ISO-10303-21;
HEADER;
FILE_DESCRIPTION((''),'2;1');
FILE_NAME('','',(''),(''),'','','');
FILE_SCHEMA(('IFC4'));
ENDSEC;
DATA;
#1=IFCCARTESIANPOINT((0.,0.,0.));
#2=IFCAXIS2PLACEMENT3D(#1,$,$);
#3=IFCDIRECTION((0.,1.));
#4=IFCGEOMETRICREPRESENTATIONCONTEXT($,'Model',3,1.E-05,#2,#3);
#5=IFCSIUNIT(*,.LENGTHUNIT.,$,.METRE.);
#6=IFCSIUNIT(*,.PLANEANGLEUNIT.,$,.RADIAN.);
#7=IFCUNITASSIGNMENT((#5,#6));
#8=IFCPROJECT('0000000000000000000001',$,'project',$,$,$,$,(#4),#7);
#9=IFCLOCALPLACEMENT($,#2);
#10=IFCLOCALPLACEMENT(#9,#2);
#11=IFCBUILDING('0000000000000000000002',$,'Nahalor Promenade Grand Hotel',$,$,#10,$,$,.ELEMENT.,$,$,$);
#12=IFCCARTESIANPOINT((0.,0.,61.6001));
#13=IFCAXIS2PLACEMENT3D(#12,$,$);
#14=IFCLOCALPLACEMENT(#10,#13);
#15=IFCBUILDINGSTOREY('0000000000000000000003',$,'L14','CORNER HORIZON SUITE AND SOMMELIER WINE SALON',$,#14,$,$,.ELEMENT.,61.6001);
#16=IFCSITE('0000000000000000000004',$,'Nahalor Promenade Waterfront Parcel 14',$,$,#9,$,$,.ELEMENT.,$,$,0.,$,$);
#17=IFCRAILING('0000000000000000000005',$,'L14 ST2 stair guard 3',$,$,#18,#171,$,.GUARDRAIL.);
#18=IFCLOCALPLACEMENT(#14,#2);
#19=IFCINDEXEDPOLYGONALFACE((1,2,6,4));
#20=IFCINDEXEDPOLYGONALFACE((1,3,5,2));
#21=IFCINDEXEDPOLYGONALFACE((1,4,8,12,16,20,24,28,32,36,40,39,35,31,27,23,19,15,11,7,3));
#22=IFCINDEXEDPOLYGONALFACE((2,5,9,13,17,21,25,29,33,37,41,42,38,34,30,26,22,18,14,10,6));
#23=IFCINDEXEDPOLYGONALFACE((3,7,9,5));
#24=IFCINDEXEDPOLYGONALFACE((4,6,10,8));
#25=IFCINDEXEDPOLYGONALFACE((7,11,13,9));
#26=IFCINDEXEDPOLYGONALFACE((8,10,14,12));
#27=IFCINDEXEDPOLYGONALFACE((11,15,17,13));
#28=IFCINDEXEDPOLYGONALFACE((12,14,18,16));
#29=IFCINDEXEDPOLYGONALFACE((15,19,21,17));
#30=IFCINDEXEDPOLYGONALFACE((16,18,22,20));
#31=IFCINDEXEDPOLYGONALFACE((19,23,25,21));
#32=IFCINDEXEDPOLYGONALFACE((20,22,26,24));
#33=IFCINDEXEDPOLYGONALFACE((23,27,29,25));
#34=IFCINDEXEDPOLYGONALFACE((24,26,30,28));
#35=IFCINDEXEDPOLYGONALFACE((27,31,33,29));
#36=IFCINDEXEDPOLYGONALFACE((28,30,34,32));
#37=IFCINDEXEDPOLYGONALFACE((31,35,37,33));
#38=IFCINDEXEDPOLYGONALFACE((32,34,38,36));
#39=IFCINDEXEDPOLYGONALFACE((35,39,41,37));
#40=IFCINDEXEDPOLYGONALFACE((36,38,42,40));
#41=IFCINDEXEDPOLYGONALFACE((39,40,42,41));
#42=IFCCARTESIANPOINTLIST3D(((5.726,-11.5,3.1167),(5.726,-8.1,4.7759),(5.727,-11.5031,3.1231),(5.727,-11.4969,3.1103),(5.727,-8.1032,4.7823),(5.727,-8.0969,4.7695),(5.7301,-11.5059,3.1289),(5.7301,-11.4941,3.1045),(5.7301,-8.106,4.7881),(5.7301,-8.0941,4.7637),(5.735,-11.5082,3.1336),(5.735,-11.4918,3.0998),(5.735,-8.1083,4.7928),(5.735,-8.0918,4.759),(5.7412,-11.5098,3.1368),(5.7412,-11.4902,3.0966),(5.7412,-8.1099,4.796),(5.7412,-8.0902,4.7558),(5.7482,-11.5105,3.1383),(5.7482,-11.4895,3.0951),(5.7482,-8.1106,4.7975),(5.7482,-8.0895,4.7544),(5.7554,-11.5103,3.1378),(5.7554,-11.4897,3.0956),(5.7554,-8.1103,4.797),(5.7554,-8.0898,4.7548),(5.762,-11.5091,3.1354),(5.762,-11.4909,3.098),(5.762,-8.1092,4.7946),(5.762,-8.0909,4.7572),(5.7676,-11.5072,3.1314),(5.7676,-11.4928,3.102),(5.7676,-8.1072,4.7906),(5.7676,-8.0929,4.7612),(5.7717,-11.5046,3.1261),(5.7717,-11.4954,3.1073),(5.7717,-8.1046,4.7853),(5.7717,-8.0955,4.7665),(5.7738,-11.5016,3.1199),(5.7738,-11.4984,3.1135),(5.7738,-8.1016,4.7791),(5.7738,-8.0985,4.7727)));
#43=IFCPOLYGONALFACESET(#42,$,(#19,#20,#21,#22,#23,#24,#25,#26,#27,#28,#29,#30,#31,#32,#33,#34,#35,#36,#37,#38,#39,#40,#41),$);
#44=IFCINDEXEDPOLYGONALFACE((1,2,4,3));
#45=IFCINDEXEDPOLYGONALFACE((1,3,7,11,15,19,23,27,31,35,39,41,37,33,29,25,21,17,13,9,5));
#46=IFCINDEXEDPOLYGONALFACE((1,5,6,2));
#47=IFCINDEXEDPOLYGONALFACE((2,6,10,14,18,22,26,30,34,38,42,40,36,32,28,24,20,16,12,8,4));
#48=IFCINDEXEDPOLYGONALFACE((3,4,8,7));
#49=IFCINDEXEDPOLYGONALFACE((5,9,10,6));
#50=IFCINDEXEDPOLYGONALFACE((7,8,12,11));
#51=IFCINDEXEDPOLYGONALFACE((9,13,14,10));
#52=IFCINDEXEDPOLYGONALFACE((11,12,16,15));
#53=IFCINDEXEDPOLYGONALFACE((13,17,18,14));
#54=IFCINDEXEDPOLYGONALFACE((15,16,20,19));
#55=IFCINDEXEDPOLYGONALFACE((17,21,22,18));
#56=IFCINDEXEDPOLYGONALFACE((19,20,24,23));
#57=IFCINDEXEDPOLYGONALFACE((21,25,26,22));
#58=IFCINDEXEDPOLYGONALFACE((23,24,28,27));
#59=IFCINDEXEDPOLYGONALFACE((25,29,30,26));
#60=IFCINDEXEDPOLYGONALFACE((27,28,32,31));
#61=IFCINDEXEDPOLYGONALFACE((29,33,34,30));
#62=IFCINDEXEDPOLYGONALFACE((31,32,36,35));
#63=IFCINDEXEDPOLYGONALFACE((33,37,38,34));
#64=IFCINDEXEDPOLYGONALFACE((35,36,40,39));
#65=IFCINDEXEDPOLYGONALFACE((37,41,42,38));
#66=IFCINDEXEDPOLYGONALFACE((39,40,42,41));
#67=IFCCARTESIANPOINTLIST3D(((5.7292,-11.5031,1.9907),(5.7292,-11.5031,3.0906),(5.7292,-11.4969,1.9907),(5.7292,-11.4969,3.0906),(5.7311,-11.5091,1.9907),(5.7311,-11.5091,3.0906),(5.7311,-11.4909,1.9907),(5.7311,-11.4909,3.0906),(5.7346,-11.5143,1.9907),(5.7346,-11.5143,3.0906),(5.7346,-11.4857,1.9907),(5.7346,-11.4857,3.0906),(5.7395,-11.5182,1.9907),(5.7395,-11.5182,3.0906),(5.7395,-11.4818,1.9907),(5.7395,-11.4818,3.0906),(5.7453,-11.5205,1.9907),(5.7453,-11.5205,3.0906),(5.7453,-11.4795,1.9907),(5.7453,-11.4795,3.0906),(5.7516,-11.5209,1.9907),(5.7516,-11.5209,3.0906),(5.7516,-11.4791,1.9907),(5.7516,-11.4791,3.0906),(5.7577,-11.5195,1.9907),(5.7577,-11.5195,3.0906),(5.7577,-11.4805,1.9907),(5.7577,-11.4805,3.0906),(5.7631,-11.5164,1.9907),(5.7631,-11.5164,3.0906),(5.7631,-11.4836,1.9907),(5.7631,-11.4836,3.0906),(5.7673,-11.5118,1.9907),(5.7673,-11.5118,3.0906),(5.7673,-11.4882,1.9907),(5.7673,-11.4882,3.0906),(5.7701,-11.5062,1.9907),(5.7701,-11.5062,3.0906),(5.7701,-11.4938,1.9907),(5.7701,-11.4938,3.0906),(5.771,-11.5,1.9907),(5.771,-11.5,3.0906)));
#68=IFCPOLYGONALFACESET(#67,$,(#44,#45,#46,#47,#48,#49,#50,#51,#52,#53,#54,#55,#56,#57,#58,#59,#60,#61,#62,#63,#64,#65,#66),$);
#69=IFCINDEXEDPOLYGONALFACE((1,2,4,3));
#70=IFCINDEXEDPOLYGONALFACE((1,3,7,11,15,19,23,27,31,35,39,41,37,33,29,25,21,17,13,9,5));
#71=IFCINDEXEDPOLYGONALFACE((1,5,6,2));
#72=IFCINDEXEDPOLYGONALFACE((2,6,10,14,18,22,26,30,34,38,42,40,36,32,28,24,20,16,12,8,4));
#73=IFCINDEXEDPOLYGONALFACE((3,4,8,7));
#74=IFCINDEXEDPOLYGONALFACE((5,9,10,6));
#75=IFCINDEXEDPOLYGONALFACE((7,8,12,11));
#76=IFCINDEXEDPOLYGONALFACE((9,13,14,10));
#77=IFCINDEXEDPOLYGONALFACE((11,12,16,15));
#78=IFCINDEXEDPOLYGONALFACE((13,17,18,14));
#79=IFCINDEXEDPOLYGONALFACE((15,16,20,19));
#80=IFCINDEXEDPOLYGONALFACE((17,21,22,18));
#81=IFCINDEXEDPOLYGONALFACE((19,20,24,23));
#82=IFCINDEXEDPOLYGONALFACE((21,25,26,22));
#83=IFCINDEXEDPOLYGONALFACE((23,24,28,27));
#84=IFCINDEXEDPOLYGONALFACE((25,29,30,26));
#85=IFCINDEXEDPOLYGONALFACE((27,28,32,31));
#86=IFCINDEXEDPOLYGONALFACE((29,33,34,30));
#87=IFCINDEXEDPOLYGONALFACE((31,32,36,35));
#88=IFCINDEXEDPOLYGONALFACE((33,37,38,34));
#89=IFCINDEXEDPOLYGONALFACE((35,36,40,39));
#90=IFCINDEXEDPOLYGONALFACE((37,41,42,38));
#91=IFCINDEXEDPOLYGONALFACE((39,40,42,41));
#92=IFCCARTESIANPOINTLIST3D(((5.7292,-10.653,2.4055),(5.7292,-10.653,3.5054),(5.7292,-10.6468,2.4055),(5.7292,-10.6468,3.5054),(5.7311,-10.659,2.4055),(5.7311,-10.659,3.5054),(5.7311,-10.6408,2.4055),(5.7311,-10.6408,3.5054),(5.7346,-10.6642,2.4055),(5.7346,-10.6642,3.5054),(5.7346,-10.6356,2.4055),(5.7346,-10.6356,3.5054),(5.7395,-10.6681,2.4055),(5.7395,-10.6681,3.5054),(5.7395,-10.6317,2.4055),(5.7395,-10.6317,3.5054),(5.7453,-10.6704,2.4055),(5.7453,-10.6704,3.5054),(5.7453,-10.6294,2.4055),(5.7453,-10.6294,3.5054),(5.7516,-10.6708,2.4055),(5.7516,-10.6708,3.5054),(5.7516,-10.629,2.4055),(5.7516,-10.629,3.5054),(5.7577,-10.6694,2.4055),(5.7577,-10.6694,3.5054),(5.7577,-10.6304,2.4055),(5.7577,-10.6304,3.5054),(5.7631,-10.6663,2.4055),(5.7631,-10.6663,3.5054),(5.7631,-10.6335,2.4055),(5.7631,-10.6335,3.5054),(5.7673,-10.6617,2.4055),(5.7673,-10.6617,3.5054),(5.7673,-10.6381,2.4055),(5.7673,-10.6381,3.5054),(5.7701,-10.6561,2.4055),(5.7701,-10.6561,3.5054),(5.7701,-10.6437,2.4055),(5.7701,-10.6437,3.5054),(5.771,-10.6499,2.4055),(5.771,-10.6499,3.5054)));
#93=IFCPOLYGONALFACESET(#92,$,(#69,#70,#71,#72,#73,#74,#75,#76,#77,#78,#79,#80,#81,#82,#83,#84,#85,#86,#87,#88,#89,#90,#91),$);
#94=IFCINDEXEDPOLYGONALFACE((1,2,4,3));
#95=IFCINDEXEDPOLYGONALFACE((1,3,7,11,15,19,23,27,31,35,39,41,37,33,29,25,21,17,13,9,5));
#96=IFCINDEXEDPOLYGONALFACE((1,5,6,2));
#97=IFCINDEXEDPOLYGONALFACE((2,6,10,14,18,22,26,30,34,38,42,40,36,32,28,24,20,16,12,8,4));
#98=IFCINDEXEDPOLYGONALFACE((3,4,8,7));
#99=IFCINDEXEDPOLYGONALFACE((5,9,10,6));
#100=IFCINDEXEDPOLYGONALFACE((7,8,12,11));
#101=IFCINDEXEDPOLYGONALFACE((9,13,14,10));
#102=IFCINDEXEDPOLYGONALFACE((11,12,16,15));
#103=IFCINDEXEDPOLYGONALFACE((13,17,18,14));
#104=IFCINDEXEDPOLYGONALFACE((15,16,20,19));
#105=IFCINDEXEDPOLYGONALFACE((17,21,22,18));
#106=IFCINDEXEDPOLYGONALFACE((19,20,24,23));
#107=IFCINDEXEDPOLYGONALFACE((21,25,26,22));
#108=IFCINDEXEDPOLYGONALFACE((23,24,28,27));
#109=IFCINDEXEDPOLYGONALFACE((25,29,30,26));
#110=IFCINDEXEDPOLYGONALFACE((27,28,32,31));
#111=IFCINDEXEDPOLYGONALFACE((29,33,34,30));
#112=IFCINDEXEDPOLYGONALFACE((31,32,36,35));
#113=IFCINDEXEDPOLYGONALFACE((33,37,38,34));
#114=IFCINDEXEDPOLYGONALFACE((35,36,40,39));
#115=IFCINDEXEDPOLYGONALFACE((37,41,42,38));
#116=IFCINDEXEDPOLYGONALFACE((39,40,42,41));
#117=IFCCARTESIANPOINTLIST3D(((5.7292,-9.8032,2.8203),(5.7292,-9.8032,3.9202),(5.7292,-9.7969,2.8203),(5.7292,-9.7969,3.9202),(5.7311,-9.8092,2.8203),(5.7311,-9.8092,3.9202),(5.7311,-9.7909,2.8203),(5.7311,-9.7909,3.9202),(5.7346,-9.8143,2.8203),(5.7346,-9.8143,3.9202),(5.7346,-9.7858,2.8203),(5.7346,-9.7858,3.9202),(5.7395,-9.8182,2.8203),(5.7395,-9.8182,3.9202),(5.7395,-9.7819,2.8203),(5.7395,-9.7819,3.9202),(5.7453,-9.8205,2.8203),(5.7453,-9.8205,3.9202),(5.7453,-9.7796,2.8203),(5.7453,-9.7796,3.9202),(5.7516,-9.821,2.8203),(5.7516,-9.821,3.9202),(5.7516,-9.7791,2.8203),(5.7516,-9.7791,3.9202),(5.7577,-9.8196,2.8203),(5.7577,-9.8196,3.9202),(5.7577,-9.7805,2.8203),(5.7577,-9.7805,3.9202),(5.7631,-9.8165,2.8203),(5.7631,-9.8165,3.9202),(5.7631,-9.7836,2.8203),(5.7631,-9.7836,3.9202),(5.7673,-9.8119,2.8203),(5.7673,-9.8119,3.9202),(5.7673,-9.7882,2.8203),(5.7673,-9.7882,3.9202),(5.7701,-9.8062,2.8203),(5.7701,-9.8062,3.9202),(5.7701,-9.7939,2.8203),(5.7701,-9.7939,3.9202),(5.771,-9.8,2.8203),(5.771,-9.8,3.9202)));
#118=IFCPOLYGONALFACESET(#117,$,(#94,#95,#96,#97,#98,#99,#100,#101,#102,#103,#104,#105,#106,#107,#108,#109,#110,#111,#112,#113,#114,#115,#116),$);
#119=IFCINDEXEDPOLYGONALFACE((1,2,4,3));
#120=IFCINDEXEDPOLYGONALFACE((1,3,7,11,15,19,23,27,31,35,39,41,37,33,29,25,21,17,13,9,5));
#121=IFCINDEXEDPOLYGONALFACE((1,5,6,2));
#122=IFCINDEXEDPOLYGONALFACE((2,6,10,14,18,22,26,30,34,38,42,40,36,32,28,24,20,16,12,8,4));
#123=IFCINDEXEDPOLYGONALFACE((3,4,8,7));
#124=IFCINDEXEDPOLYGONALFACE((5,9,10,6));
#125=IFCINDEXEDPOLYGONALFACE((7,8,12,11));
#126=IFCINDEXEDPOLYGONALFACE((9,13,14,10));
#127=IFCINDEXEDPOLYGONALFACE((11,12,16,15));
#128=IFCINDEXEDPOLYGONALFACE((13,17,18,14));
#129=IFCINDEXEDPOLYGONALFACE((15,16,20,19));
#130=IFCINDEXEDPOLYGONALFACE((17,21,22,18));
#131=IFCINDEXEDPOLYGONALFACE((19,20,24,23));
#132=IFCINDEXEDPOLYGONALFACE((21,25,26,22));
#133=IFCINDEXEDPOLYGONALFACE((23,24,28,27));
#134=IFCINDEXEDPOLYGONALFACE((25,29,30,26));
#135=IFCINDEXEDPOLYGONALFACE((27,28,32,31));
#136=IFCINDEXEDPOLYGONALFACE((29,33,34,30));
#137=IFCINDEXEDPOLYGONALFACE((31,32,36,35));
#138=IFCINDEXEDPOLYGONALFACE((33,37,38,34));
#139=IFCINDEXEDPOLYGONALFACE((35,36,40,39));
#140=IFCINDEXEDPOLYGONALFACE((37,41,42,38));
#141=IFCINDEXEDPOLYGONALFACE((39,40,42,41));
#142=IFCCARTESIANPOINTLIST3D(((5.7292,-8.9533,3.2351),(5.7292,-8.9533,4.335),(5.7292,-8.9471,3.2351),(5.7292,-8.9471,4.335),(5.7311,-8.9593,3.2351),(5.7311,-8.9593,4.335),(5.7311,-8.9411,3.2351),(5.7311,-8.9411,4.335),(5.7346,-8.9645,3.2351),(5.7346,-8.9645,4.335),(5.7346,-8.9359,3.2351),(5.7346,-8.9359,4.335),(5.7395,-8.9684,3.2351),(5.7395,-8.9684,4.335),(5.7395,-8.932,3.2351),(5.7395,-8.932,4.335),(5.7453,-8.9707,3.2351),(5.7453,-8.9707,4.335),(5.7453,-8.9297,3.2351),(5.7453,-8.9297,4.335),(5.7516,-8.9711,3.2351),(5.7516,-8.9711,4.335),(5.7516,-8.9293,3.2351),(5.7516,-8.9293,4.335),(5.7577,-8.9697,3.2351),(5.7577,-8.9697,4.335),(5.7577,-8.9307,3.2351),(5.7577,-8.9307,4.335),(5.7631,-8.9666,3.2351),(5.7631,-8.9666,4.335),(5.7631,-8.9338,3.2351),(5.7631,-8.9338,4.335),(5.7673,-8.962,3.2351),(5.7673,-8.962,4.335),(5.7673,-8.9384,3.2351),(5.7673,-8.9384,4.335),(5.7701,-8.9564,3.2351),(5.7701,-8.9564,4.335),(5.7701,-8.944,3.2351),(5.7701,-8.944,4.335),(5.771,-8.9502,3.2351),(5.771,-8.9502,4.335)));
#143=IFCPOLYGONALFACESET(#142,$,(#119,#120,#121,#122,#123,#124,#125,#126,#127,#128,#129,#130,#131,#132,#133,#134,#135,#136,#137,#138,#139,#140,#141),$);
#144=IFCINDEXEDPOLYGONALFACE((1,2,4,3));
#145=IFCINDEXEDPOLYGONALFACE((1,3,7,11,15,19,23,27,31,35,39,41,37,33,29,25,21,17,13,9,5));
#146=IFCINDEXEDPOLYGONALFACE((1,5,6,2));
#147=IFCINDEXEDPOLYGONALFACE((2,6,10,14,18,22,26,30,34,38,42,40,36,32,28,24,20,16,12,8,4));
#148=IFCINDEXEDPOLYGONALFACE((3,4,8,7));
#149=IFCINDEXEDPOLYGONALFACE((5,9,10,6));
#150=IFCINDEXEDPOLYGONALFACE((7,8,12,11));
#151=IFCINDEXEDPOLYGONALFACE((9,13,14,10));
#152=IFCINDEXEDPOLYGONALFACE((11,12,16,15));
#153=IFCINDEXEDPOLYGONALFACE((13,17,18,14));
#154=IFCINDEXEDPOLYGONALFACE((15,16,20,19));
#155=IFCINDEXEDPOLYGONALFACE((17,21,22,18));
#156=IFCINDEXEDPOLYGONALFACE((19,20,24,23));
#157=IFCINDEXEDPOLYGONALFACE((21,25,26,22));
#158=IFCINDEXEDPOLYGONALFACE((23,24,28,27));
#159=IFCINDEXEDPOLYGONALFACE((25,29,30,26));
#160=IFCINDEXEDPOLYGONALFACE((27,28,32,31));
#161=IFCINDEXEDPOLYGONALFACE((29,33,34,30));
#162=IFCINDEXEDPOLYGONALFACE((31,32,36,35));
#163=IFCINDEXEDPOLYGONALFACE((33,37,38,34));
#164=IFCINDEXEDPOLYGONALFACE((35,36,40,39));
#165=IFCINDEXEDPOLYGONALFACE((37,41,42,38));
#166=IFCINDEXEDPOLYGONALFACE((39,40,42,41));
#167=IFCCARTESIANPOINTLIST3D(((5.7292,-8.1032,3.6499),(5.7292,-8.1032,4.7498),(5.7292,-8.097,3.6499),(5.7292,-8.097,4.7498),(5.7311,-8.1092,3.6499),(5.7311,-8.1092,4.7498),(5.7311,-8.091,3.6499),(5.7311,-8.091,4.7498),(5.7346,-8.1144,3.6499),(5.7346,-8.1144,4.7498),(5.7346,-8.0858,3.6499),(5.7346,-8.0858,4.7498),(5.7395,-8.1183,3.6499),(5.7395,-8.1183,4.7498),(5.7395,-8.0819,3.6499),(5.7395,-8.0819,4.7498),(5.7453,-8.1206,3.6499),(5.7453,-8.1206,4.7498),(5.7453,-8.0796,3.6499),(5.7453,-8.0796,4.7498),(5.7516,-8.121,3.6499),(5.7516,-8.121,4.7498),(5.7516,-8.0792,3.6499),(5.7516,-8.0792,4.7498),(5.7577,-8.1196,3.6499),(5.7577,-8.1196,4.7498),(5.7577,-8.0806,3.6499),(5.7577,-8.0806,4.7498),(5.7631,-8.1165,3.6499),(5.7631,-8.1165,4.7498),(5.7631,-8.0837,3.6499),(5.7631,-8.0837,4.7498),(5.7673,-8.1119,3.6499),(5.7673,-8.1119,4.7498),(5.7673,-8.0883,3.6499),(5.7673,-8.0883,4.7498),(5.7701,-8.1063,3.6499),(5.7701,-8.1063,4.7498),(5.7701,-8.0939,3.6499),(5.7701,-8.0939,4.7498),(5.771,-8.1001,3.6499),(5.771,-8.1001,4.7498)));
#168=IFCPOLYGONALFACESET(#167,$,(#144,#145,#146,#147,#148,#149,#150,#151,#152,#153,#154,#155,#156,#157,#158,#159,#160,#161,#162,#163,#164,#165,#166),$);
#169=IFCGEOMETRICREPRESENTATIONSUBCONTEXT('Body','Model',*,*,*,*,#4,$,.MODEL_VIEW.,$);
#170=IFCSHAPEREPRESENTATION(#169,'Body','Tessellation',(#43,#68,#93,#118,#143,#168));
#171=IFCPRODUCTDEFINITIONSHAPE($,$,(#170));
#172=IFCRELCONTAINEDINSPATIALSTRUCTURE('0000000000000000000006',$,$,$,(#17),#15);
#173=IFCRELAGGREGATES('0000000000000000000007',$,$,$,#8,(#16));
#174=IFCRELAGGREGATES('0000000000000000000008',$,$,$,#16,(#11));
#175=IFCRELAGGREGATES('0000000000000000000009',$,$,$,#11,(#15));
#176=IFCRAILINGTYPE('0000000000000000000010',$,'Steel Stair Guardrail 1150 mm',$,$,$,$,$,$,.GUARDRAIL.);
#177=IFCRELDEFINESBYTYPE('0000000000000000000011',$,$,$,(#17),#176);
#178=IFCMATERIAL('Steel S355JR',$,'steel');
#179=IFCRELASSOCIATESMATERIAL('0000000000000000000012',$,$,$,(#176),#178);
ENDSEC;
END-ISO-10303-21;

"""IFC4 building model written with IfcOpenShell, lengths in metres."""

from ifc_helpers import new_model, si_unit, direction, frame, origin, origin_2d, place, context, subcontext, project, spatial, circle, extrude, material, type_object, element, save


model = new_model("IFC4")

# Units and contexts
model_context = context("Model", 3, precision=1e-05, world=origin(), true_north=direction((0.0, 1.0)))
body_context = subcontext(model_context, "Body", "Model", "MODEL_VIEW")
ifc_project = project(units=[si_unit("LENGTHUNIT", "METRE"), si_unit("PLANEANGLEUNIT", "RADIAN")], contexts=[model_context])

# Site, building, storey
site_placement = place(None, origin())
site = spatial("IfcSite", under=ifc_project, at=site_placement, Name="Nahalor Promenade Waterfront Parcel 14", CompositionType="ELEMENT", RefElevation=0.0)
building_placement = place(site_placement, origin())
building = spatial("IfcBuilding", under=site, at=building_placement, Name="Nahalor Promenade Grand Hotel", CompositionType="ELEMENT")
storey_placement = place(building_placement, frame((0.0, 0.0, 61.6001)))
storey = spatial("IfcBuildingStorey", under=building, at=storey_placement, Name="L14", Description="CORNER HORIZON SUITE AND SOMMELIER WINE SALON", CompositionType="ELEMENT", Elevation=61.6001)

# Shared definitions
ifc_material_1 = material(Name="Steel S355JR", Category="steel")

# Railing
railing_type_1 = type_object("IfcRailingType", Name="Steel Stair Guardrail 1150 mm", PredefinedType="GUARDRAIL", material=ifc_material_1)
railing_1_placement = place(storey_placement, frame((5.75, -11.5, 1.9907)))
element("IfcRailing", 1, at=railing_1_placement, inside=storey, type_object=railing_type_1, Name="L14 ST2 stair guard 3", PredefinedType="GUARDRAIL", context=body_context, shape_type="SweptSolid", body=[
    extrude(circle(Radius=0.024, at=origin_2d()), frame((0.0, 0.0, 1.126), z_axis=(0.0, 0.898696, 0.438571), x_axis=(-1.0, 0.0, 0.0)), (0.0, 0.0, 1.0), 3.7832),
    extrude(circle(Radius=0.021, at=origin_2d()), origin(), (0.0, 0.0, 1.0), 1.0999),
    extrude(circle(Radius=0.021, at=origin_2d()), frame((0.0, 0.8501, 0.4148)), (0.0, 0.0, 1.0), 1.0999),
    extrude(circle(Radius=0.021, at=origin_2d()), frame((0.0, 1.7, 0.8296)), (0.0, 0.0, 1.0), 1.0999),
    extrude(circle(Radius=0.021, at=origin_2d()), frame((0.0, 2.5498, 1.2444)), (0.0, 0.0, 1.0), 1.0999),
    extrude(circle(Radius=0.021, at=origin_2d()), frame((0.0, 3.3999, 1.6592)), (0.0, 0.0, 1.0), 1.0999),
])

save(model, "model.ifc")
